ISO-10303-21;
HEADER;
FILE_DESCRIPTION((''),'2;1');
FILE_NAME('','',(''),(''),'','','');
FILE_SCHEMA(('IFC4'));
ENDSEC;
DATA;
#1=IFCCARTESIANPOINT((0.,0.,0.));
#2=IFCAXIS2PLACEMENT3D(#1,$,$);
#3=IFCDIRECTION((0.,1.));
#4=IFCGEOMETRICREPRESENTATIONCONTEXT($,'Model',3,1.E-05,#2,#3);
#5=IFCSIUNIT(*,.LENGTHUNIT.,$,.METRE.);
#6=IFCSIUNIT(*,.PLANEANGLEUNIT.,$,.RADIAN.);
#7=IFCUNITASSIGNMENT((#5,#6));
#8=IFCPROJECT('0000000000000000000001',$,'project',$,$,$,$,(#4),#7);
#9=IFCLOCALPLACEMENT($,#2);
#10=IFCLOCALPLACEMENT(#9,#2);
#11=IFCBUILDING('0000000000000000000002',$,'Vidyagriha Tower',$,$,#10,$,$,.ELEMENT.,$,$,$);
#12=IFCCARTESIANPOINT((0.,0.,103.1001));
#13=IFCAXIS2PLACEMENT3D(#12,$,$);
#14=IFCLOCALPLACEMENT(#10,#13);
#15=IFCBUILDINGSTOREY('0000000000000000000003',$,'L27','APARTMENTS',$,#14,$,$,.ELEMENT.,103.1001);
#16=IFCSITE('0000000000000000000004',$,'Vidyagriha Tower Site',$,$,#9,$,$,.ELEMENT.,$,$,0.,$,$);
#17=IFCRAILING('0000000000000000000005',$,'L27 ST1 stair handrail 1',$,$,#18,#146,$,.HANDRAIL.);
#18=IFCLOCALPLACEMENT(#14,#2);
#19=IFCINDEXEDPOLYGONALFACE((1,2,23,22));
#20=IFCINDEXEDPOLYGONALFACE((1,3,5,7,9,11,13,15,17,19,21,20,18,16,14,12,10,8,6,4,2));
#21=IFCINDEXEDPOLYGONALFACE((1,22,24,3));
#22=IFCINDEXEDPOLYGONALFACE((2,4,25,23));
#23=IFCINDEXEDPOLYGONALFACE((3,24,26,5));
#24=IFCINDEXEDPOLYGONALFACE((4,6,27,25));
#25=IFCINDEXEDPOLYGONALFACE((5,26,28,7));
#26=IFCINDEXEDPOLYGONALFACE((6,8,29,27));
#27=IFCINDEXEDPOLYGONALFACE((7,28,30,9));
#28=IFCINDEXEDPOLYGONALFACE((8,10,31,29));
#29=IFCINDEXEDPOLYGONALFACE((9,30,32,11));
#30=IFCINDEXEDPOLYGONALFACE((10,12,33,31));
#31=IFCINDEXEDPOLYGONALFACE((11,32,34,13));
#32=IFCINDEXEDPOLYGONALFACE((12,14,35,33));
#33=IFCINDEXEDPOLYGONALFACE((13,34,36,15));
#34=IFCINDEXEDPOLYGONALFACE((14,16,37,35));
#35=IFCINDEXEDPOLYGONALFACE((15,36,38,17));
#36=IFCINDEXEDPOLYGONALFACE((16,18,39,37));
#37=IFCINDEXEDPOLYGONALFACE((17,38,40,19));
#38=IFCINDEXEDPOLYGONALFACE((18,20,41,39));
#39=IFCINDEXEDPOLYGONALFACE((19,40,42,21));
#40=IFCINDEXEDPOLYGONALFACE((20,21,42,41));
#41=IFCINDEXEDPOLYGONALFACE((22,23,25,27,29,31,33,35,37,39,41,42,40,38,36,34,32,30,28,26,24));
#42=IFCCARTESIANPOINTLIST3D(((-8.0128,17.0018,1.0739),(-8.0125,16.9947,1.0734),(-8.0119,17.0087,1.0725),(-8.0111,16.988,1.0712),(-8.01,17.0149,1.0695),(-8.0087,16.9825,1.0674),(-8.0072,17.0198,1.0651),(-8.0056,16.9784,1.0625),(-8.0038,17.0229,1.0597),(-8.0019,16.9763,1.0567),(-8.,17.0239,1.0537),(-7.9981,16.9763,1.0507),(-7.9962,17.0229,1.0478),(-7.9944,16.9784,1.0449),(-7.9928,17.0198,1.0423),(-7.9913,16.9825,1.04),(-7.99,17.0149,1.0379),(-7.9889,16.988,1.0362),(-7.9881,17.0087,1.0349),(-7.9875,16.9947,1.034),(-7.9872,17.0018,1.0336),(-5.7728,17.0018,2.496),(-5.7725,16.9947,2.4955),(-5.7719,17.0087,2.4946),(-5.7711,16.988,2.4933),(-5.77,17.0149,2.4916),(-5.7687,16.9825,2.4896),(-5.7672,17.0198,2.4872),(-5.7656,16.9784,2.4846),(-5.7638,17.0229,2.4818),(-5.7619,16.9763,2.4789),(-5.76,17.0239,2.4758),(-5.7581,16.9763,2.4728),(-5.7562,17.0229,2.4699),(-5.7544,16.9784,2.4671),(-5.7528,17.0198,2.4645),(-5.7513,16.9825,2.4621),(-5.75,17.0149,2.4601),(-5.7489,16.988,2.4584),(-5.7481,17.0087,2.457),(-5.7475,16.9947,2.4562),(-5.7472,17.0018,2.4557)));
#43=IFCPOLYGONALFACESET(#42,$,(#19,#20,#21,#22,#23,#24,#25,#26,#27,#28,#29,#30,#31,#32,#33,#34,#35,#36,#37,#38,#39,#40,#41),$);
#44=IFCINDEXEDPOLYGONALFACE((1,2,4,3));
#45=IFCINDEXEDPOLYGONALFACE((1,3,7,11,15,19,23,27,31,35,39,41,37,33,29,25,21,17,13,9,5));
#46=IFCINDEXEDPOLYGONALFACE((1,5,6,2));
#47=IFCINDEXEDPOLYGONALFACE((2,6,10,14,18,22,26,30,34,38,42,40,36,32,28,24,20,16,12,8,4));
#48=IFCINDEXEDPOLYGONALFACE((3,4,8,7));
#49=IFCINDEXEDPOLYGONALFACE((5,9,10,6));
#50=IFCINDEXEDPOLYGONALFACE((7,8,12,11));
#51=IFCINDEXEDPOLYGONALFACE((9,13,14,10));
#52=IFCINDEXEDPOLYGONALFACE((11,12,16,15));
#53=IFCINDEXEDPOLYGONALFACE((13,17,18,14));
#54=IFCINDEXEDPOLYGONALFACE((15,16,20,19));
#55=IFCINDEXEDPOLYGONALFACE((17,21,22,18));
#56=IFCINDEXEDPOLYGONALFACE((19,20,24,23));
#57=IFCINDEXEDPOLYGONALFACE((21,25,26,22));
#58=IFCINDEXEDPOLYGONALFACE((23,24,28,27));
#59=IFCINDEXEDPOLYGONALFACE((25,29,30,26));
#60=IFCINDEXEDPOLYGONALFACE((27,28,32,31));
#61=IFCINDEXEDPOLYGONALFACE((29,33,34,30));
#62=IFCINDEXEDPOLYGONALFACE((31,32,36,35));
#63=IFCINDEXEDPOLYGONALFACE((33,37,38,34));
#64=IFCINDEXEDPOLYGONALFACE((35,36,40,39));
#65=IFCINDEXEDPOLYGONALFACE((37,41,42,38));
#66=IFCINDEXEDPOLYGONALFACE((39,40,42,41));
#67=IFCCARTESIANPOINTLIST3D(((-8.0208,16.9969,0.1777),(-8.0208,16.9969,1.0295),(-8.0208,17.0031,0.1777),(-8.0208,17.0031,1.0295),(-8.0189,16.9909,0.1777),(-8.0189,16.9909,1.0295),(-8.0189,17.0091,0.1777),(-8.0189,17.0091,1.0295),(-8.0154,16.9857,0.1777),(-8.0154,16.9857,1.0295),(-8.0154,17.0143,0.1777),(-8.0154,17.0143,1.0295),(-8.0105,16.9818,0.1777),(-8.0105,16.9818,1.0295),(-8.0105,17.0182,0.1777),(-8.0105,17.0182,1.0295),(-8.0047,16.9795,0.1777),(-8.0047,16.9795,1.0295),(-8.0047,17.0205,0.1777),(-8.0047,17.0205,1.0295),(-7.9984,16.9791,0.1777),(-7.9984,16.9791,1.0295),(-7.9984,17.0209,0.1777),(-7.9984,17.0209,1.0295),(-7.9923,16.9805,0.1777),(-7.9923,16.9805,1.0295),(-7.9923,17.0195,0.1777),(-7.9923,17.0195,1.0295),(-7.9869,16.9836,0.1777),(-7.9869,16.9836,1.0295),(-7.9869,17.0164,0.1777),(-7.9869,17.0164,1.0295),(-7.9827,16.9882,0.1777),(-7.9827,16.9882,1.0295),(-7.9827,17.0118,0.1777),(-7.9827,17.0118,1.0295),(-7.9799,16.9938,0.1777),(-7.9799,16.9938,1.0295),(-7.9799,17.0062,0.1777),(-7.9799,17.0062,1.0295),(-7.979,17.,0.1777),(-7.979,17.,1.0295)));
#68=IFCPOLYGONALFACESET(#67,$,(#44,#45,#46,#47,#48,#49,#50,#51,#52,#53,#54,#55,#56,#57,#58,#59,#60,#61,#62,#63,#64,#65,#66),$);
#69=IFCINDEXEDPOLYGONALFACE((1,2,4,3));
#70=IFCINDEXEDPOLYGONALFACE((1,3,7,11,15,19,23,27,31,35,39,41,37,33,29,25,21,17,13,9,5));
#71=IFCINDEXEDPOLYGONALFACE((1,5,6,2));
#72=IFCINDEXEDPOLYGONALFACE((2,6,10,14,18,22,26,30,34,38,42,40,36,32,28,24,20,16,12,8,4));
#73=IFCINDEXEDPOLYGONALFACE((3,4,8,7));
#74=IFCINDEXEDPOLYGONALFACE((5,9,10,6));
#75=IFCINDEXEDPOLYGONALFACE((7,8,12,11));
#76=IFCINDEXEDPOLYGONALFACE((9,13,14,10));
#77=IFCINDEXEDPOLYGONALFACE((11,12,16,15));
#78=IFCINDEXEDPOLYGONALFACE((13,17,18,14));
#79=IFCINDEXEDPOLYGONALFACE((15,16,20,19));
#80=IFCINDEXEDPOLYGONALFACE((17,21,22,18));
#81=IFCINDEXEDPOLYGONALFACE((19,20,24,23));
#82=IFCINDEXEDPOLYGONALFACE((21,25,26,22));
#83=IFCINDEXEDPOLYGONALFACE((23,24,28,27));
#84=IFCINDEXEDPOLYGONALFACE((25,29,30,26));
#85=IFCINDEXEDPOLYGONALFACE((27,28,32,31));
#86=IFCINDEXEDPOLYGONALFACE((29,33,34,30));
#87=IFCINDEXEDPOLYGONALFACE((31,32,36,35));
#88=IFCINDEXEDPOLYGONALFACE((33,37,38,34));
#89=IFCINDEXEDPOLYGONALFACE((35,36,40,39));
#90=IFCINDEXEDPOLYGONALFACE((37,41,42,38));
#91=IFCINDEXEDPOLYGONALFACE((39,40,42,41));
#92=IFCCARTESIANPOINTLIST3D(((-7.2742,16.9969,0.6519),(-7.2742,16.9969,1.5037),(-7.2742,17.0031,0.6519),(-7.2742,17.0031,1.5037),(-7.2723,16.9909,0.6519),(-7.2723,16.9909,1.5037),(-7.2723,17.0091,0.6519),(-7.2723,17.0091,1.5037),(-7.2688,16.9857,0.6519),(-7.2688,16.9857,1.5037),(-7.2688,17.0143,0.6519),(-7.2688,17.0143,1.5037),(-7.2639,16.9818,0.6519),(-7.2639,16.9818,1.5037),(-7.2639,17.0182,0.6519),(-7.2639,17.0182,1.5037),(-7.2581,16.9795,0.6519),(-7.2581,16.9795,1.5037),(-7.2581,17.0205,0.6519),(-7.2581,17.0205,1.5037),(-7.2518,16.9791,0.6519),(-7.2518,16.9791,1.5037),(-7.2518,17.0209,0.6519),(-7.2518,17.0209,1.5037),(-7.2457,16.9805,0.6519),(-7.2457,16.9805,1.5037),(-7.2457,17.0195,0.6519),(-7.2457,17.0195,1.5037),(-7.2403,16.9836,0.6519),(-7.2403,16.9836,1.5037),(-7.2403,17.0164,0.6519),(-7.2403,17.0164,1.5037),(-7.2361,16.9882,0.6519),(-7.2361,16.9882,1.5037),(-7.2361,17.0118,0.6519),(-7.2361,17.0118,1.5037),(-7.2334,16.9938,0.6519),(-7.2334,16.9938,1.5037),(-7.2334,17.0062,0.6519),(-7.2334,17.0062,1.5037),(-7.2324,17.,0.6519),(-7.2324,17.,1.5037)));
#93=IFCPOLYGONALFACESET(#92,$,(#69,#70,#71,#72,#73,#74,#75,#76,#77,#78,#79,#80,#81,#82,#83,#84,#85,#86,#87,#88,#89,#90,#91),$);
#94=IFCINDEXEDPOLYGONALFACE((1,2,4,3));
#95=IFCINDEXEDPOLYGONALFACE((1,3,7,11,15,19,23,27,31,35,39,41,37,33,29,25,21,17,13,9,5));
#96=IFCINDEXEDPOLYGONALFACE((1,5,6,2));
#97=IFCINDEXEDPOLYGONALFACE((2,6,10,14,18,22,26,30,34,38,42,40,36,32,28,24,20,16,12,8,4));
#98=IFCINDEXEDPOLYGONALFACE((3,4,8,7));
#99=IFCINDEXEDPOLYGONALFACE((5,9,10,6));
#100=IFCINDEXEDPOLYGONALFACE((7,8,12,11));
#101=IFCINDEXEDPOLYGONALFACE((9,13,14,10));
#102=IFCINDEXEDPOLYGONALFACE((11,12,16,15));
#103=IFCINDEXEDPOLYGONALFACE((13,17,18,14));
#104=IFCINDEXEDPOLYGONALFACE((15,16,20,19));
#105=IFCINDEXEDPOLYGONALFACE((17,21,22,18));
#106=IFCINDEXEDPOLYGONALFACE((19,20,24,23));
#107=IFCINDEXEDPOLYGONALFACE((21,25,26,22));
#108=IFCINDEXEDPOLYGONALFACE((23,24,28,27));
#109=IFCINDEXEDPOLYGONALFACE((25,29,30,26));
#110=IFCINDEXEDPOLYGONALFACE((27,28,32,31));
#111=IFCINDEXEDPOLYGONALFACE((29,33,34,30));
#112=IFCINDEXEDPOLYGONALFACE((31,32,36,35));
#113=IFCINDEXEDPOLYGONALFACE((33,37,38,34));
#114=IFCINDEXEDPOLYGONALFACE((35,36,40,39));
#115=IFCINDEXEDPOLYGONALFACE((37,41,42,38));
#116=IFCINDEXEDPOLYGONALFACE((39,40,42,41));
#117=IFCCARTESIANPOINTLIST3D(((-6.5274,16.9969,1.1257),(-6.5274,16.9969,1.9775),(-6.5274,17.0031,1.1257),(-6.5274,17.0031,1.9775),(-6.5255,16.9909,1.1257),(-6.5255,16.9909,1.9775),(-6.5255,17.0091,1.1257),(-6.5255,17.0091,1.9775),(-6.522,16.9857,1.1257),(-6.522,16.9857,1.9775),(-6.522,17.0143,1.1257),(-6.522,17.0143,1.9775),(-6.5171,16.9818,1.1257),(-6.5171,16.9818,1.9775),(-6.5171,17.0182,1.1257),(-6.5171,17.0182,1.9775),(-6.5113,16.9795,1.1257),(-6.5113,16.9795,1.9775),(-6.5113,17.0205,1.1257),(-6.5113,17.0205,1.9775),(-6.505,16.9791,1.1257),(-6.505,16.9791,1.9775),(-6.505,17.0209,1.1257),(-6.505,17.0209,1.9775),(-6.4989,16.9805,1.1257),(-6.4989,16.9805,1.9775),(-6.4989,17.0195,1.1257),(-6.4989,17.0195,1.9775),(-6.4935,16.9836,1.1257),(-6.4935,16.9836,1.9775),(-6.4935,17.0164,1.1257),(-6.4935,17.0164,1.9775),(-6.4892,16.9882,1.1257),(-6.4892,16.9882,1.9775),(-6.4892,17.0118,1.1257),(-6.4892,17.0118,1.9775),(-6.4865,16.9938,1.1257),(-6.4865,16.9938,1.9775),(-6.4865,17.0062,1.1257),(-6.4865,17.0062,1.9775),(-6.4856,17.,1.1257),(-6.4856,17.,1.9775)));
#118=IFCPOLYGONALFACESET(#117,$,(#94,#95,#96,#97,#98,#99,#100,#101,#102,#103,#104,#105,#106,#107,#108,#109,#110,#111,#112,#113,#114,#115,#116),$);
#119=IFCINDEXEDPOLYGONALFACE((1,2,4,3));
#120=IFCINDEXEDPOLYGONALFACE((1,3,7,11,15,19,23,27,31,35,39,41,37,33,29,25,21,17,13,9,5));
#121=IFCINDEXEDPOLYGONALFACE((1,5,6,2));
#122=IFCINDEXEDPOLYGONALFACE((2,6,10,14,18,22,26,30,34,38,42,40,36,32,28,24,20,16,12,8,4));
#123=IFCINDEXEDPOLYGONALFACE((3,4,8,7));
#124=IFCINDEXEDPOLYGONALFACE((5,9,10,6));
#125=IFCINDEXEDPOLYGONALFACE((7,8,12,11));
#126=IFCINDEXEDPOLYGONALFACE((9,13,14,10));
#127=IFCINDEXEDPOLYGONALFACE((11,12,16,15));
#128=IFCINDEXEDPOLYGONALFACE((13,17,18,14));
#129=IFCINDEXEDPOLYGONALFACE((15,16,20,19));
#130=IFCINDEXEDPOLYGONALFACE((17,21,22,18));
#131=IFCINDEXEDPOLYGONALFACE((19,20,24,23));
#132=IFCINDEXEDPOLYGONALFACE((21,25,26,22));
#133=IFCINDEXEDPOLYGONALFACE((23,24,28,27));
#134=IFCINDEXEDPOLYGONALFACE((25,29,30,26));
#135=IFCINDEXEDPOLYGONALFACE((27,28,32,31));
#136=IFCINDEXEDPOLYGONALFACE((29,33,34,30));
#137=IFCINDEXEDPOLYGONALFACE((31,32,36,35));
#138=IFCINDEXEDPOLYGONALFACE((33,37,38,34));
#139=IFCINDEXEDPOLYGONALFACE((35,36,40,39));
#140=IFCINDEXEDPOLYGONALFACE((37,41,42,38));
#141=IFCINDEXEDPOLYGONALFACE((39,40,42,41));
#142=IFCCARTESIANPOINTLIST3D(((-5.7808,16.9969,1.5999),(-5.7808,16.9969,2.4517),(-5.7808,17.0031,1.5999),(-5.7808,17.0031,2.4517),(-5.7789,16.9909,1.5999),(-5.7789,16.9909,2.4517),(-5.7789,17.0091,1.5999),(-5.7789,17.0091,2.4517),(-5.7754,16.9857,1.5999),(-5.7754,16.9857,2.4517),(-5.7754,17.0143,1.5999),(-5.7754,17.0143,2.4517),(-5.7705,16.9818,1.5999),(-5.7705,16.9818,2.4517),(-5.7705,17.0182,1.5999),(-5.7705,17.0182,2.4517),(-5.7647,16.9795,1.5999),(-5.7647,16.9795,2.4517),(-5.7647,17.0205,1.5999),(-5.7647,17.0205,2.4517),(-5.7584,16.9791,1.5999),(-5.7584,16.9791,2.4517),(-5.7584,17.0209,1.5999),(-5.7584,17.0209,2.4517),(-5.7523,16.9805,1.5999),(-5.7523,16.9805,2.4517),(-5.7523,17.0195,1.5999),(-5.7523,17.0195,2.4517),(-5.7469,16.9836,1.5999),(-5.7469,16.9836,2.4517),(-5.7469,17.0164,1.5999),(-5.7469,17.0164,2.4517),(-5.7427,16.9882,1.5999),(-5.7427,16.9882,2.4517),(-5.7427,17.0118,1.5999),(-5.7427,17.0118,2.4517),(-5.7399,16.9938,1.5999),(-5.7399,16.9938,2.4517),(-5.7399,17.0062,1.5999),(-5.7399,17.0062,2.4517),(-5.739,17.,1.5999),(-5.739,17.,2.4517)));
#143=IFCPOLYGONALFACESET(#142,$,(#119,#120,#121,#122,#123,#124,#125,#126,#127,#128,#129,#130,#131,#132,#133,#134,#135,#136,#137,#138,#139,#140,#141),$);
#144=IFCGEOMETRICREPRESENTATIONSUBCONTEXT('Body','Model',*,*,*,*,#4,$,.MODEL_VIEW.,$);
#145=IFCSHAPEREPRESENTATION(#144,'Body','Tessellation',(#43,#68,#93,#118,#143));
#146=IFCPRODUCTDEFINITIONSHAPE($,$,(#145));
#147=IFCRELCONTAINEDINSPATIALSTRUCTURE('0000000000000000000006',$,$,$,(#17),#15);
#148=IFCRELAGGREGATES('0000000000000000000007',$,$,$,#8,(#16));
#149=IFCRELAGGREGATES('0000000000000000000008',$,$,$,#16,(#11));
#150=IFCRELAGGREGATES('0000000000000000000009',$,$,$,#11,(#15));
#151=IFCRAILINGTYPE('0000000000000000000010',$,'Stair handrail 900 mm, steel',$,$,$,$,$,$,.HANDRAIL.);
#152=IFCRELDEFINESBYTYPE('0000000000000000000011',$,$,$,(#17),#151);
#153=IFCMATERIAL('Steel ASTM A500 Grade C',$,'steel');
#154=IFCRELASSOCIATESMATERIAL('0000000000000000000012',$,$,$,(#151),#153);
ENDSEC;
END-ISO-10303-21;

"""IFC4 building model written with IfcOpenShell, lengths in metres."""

from ifc_helpers import new_model, si_unit, direction, frame, origin, origin_2d, place, context, subcontext, project, spatial, circle, extrude, material, type_object, element, save


model = new_model("IFC4")

# Units and contexts
model_context = context("Model", 3, precision=1e-05, world=origin(), true_north=direction((0.0, 1.0)))
body_context = subcontext(model_context, "Body", "Model", "MODEL_VIEW")
ifc_project = project(units=[si_unit("LENGTHUNIT", "METRE"), si_unit("PLANEANGLEUNIT", "RADIAN")], contexts=[model_context])

# Site, building, storey
site_placement = place(None, origin())
site = spatial("IfcSite", under=ifc_project, at=site_placement, Name="Vidyagriha Tower Site", CompositionType="ELEMENT", RefElevation=0.0)
building_placement = place(site_placement, origin())
building = spatial("IfcBuilding", under=site, at=building_placement, Name="Vidyagriha Tower", CompositionType="ELEMENT")
storey_placement = place(building_placement, frame((0.0, 0.0, 103.1001)))
storey = spatial("IfcBuildingStorey", under=building, at=storey_placement, Name="L27", Description="APARTMENTS", CompositionType="ELEMENT", Elevation=103.1001)

# Railing
ifc_material_1 = material(Name="Steel ASTM A500 Grade C", Category="steel")
railing_type_1 = type_object("IfcRailingType", Name="Stair handrail 900 mm, steel", PredefinedType="HANDRAIL", material=ifc_material_1)
railing_1_placement = place(storey_placement, frame((-8.0, 17.0, 0.1777)))
element("IfcRailing", 1, at=railing_1_placement, inside=storey, type_object=railing_type_1, Name="L27 ST1 stair handrail 1", PredefinedType="HANDRAIL", context=body_context, shape_type="SweptSolid", body=[
    extrude(circle(Radius=0.0239, at=origin_2d()), frame((0.0, 0.0, 0.876), z_axis=(0.844229, 0.0, 0.535982), x_axis=(0.0, 1.0, 0.0)), (0.0, 0.0, 1.0), 2.6533),
    extrude(circle(Radius=0.021, at=origin_2d()), origin(), (0.0, 0.0, 1.0), 0.8518),
    extrude(circle(Radius=0.021, at=origin_2d()), frame((0.7466, 0.0, 0.4741)), (0.0, 0.0, 1.0), 0.8518),
    extrude(circle(Radius=0.021, at=origin_2d()), frame((1.4934, 0.0, 0.948)), (0.0, 0.0, 1.0), 0.8518),
    extrude(circle(Radius=0.021, at=origin_2d()), frame((2.24, 0.0, 1.4221)), (0.0, 0.0, 1.0), 0.8518),
])

save(model, "model.ifc")
